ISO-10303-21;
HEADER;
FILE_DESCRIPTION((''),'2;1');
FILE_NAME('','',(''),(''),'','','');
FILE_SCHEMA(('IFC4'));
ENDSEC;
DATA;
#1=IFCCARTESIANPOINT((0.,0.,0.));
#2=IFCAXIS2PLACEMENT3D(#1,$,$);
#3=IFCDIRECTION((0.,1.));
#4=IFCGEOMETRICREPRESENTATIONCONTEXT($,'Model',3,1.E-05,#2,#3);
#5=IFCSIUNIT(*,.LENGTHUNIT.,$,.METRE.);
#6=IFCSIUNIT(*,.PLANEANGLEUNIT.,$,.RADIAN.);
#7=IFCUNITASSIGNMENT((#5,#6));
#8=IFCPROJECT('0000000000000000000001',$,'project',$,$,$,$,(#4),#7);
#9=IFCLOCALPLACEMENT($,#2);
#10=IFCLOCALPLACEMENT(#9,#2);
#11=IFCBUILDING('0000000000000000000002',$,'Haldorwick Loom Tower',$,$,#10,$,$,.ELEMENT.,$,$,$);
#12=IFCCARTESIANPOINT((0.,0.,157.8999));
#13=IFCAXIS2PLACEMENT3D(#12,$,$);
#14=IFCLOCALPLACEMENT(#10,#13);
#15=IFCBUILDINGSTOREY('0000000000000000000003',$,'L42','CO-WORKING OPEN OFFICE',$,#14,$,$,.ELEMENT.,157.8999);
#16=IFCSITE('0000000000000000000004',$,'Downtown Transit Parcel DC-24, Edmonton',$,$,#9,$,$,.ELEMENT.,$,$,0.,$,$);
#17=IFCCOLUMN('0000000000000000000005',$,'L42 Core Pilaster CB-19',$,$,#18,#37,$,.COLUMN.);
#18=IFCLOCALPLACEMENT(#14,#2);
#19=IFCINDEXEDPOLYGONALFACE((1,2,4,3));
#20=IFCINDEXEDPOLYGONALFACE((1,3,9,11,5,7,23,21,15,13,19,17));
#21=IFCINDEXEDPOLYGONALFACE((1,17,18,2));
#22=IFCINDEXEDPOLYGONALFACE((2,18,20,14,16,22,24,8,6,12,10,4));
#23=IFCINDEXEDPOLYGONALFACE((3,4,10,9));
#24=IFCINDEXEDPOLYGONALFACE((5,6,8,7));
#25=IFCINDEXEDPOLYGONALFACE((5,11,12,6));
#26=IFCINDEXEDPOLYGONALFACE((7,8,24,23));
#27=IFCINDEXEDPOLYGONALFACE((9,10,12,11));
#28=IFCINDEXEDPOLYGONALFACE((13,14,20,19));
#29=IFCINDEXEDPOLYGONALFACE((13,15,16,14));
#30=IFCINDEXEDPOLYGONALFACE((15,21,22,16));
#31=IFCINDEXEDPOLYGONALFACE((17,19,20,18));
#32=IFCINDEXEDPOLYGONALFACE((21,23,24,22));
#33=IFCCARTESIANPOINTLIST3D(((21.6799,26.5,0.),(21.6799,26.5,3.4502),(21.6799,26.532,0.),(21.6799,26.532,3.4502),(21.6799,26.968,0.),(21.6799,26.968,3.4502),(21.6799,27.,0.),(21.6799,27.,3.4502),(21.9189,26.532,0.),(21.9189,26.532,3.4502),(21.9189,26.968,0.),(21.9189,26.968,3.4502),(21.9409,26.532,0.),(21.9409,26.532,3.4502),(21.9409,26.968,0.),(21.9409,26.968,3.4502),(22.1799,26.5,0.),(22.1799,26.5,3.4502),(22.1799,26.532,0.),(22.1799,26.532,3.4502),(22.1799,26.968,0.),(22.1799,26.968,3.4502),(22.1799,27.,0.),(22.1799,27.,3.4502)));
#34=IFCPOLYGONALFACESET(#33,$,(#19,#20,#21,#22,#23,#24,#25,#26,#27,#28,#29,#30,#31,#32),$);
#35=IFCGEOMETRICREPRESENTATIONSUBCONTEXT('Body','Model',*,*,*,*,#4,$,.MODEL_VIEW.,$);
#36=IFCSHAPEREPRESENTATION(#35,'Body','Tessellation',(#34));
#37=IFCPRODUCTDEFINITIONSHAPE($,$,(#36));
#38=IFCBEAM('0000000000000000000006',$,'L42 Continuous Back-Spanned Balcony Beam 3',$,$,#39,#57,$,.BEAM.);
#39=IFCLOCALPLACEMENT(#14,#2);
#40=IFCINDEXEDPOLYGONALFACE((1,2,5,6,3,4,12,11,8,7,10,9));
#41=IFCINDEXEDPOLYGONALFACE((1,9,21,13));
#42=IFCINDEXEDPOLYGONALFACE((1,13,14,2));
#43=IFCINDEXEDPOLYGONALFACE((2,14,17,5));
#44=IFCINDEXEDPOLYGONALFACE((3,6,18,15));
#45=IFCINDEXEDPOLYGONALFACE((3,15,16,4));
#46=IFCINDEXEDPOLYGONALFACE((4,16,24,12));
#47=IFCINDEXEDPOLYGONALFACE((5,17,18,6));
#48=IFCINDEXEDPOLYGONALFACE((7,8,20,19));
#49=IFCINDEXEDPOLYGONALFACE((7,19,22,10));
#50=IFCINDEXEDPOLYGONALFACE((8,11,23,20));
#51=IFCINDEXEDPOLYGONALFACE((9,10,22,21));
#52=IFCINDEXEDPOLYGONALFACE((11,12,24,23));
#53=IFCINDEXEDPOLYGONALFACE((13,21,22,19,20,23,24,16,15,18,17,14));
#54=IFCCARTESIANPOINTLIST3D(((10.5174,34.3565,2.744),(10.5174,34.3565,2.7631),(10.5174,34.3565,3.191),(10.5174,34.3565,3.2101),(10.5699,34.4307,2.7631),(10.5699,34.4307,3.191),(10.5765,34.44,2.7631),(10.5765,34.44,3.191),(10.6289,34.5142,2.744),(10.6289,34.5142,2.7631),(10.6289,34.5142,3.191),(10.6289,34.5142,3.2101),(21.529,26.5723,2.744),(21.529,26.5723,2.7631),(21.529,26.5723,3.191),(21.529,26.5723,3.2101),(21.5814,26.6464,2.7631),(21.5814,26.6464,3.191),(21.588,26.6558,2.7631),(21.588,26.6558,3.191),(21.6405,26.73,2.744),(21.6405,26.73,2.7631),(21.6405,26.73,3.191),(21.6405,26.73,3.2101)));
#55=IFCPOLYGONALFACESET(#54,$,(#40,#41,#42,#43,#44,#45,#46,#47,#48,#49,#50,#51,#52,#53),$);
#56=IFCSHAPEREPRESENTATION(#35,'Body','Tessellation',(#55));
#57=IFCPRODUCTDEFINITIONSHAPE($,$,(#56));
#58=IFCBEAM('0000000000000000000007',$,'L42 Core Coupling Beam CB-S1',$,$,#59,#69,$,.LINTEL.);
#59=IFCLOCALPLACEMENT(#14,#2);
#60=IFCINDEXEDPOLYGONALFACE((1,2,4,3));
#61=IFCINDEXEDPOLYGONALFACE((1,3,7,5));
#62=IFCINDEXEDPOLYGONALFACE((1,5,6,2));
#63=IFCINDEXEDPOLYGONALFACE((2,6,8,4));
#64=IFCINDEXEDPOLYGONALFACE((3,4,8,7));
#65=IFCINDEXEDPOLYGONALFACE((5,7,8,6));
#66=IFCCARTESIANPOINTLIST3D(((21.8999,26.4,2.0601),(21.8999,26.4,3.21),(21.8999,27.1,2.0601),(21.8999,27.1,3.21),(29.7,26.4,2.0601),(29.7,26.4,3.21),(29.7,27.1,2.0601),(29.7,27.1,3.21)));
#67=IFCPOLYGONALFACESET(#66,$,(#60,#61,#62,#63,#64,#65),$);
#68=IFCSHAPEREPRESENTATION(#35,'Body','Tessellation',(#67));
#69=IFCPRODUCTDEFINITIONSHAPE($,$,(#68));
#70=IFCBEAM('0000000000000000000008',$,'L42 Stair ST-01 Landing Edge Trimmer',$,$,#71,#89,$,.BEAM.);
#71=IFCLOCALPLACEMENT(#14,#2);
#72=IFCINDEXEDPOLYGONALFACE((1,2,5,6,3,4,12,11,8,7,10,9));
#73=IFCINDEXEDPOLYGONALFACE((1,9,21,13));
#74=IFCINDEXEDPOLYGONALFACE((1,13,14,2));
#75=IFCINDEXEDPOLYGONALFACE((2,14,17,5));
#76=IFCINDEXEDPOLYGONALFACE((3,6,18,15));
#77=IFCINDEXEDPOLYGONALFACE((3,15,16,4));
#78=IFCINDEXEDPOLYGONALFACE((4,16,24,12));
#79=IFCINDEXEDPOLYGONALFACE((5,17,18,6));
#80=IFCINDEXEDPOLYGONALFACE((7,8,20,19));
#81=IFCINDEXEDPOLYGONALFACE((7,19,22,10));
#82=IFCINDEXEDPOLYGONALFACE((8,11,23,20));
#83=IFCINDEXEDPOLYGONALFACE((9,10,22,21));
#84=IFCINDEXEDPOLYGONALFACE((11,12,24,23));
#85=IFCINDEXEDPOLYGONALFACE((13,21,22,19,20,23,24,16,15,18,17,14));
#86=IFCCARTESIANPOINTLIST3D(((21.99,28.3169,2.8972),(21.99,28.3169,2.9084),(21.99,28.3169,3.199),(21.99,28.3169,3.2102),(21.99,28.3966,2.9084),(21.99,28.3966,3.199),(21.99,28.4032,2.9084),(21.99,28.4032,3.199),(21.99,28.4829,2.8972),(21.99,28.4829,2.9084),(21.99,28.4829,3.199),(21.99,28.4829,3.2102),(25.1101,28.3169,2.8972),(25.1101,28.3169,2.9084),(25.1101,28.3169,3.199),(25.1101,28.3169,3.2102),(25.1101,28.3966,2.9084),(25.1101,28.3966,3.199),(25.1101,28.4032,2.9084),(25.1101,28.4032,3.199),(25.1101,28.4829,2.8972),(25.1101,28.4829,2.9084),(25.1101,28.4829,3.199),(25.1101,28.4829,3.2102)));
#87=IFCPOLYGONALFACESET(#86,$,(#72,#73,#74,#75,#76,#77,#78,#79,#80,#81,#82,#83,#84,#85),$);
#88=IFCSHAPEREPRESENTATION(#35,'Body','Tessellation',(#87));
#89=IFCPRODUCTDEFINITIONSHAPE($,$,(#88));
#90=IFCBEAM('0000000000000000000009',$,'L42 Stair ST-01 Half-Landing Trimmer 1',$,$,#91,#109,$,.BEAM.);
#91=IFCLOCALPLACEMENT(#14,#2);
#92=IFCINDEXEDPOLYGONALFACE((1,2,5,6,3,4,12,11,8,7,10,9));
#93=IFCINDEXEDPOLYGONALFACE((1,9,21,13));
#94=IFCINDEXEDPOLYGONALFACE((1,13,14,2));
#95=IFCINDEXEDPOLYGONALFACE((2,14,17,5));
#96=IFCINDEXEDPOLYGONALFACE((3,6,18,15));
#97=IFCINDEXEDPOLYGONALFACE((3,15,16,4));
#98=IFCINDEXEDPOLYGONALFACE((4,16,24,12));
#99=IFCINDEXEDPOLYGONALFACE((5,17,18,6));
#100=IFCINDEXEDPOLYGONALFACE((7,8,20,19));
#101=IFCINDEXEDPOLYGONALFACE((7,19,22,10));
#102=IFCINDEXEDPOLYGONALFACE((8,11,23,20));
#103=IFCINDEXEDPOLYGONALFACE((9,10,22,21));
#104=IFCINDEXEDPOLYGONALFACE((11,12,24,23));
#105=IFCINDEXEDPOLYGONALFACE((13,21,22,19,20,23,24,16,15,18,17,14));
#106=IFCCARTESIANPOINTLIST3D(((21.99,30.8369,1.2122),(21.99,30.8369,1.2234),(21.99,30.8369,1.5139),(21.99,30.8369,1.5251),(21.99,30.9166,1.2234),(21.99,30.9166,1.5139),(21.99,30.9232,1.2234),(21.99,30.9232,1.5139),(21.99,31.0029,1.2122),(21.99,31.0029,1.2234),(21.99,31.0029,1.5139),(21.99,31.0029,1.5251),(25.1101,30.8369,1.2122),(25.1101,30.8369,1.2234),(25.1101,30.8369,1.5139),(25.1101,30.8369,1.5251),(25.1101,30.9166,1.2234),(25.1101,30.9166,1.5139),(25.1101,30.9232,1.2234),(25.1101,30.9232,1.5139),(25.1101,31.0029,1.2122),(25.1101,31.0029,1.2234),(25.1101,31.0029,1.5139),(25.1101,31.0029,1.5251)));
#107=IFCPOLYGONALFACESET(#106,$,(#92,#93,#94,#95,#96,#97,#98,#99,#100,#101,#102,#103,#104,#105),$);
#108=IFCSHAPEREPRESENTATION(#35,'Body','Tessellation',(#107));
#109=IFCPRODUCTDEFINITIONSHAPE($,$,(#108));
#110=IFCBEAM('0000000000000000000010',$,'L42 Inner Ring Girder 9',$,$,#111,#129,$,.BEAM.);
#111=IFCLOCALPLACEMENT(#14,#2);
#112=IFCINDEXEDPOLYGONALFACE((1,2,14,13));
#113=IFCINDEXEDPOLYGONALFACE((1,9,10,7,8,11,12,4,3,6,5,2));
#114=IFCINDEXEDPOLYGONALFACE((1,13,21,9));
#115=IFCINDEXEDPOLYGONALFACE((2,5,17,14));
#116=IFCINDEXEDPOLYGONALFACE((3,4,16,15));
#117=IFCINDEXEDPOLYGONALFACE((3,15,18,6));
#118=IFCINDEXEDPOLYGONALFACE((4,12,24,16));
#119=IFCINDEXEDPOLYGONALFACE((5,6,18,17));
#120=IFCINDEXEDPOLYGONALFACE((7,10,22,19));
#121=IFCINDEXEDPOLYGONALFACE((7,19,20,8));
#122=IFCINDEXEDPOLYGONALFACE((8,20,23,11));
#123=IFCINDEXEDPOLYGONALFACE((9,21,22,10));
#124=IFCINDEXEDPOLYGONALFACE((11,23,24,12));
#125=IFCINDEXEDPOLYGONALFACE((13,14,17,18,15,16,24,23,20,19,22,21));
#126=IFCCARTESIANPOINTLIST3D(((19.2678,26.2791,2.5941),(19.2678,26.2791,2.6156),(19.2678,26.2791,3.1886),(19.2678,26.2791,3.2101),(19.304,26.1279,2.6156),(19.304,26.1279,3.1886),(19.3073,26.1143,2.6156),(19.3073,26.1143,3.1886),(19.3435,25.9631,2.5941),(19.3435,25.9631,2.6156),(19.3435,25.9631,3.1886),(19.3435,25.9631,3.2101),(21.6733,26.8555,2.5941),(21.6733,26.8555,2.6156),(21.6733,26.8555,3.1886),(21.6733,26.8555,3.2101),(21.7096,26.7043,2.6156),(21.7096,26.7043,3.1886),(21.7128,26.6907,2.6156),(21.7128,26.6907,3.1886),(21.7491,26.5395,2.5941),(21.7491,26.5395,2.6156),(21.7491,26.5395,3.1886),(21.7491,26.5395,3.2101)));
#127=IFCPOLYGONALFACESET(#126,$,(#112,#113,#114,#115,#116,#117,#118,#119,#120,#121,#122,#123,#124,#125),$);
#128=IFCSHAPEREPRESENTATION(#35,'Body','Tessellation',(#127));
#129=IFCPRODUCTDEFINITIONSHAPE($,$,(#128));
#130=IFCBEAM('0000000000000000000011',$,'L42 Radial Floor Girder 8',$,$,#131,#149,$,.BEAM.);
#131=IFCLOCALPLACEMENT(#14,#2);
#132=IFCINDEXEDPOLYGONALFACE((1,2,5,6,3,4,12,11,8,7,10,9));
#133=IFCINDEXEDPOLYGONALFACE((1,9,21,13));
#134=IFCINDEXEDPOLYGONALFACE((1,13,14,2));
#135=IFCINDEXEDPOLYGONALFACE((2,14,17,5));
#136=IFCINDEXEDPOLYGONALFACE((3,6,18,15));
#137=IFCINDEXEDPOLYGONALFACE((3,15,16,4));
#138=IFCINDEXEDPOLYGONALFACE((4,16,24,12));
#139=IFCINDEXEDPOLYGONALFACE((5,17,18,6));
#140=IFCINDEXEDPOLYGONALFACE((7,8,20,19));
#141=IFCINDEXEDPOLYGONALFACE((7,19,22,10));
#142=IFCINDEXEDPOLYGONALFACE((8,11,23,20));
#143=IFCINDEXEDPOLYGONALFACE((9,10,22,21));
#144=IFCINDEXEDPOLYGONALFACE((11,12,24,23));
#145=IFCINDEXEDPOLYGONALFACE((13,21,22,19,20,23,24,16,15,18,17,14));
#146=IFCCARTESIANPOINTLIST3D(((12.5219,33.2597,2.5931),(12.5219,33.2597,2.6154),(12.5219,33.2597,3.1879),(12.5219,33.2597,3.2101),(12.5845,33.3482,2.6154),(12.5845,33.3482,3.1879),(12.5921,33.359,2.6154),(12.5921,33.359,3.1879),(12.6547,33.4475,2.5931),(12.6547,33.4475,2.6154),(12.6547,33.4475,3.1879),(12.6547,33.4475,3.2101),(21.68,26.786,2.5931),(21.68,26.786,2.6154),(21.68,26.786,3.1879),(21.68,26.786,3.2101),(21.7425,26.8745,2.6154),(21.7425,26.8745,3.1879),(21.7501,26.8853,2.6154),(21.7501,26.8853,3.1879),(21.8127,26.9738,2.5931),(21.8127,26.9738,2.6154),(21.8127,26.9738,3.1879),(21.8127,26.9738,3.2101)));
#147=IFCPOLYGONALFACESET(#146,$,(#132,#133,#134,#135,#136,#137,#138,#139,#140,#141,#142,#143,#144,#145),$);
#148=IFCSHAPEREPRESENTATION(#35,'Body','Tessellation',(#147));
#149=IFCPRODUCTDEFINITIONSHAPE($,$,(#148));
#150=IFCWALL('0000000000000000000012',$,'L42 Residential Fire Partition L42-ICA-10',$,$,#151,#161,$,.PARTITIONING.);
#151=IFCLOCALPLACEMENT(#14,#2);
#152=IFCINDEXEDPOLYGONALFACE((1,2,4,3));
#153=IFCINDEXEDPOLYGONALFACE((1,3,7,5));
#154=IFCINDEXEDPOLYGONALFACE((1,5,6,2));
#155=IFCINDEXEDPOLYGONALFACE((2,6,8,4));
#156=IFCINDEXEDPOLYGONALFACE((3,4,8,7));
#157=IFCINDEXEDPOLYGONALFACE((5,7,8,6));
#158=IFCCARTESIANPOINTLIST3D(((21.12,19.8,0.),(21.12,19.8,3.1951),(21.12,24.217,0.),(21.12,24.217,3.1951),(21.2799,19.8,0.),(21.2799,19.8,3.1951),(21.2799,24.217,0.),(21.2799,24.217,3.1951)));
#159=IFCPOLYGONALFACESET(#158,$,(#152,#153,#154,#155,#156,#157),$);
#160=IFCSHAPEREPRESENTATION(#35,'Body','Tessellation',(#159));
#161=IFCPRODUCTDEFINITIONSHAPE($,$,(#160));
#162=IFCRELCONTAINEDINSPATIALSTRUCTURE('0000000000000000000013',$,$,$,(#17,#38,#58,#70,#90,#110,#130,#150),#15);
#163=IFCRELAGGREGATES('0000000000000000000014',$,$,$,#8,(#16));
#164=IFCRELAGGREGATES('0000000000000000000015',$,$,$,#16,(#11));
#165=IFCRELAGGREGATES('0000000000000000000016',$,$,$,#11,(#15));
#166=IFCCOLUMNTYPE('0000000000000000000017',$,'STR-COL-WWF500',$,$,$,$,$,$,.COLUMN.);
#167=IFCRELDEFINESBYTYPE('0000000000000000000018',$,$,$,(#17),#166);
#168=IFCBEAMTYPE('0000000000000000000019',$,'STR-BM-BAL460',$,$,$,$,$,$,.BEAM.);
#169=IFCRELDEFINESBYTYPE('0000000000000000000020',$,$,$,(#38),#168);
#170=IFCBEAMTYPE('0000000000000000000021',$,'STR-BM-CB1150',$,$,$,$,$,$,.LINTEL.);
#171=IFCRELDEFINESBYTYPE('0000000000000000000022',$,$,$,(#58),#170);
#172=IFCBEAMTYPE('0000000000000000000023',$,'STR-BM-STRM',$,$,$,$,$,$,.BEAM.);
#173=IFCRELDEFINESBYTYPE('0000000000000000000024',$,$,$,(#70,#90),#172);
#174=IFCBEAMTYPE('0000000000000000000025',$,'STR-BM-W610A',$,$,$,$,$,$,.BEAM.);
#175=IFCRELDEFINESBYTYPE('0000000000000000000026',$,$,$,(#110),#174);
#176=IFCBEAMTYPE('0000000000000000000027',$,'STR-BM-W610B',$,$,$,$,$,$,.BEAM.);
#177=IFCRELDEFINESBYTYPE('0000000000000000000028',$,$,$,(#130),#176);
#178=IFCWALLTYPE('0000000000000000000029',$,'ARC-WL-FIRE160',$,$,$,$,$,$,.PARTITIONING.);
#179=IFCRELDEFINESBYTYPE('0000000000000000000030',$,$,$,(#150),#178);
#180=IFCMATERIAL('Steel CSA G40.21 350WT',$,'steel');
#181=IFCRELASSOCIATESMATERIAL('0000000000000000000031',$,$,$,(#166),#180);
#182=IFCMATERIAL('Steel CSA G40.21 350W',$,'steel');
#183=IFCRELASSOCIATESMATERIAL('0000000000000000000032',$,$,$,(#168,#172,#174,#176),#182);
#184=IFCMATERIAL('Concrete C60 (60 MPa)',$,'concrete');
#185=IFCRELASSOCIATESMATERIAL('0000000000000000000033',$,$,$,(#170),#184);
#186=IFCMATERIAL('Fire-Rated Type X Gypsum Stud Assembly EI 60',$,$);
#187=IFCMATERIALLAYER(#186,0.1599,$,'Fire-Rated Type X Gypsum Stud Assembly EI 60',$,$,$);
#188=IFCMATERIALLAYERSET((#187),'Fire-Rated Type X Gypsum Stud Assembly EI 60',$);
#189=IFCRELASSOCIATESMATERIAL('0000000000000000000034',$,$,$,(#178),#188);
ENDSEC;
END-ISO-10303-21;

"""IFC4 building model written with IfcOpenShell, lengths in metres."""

from ifc_helpers import new_model, si_unit, direction, frame, frame_2d, origin, origin_2d, place, context, subcontext, project, spatial, rectangle, i_section, extrude, material, layer, layer_set, material_profile, profile_set, type_object, element, save


model = new_model("IFC4")

# Units and contexts
model_context = context("Model", 3, precision=1e-05, world=origin(), true_north=direction((0.0, 1.0)))
body_context = subcontext(model_context, "Body", "Model", "MODEL_VIEW")
ifc_project = project(units=[si_unit("LENGTHUNIT", "METRE"), si_unit("PLANEANGLEUNIT", "RADIAN")], contexts=[model_context])

# Site, building, storey
site_placement = place(None, origin())
site = spatial("IfcSite", under=ifc_project, at=site_placement, Name="Downtown Transit Parcel DC-24, Edmonton", CompositionType="ELEMENT", RefElevation=0.0)
building_placement = place(site_placement, origin())
building = spatial("IfcBuilding", under=site, at=building_placement, Name="Haldorwick Loom Tower", CompositionType="ELEMENT")
storey_placement = place(building_placement, frame((0.0, 0.0, 157.8999)))
storey = spatial("IfcBuildingStorey", under=building, at=storey_placement, Name="L42", Description="CO-WORKING OPEN OFFICE", CompositionType="ELEMENT", Elevation=157.8999)

# Column
ifc_material_1 = material(Name="Steel CSA G40.21 350WT", Category="steel")
ifc_material_profile_1 = material_profile(ifc_material_1, i_section(OverallWidth=0.5, OverallDepth=0.5, WebThickness=0.022, FlangeThickness=0.032, at=origin_2d()), Name="WWF500X500", Category="steel")
ifc_profile_set_1 = profile_set([ifc_material_profile_1], Name="Steel CSA G40.21 350WT")
column_type = type_object("IfcColumnType", Name="STR-COL-WWF500", PredefinedType="COLUMN", material=ifc_profile_set_1)
column_placement = place(storey_placement, frame((21.9299, 26.75, 0.0), z_axis=(0.0, 0.0, 1.0), x_axis=(1.0, 0.0, 0.0)))
element("IfcColumn", 1, at=column_placement, inside=storey, type_object=column_type, Name="L42 Core Pilaster CB-19", PredefinedType="COLUMN", context=body_context, shape_type="SweptSolid", body=[
    extrude(i_section(OverallWidth=0.5, OverallDepth=0.5, WebThickness=0.022, FlangeThickness=0.032, at=origin_2d()), origin(), (0.0, 0.0, 1.0), 3.4502),
])

# Beams
ifc_material_2 = material(Name="Steel CSA G40.21 350W", Category="steel")
ifc_material_profile_2 = material_profile(ifc_material_2, i_section(OverallWidth=0.1931, OverallDepth=0.4661, WebThickness=0.0115, FlangeThickness=0.019, at=origin_2d()), Name="W460X97", Category="steel")
ifc_profile_set_2 = profile_set([ifc_material_profile_2], Name="Steel CSA G40.21 350W")
beam_type_1 = type_object("IfcBeamType", Name="STR-BM-BAL460", PredefinedType="BEAM", material=ifc_profile_set_2)
beam_1_placement = place(storey_placement, frame((21.5847, 26.6511, 2.9771), z_axis=(-0.81657, 0.577246, 0.0), x_axis=(-0.577246, -0.81657, 0.0)))
element("IfcBeam", 2, at=beam_1_placement, inside=storey, type_object=beam_type_1, Name="L42 Continuous Back-Spanned Balcony Beam 3", PredefinedType="BEAM", context=body_context, shape_type="SweptSolid", body=[
    extrude(i_section(OverallWidth=0.1931, OverallDepth=0.4661, WebThickness=0.0115, FlangeThickness=0.019, at=origin_2d()), origin(), (0.0, 0.0, 1.0), 13.4851),
])
ifc_material_3 = material(Name="Concrete C60 (60 MPa)", Category="concrete")
ifc_material_profile_3 = material_profile(ifc_material_3, rectangle(XDim=0.7, YDim=1.1499, at=origin_2d()), Name="RC700X1150", Category="concrete")
ifc_profile_set_3 = profile_set([ifc_material_profile_3], Name="Concrete C60 (60 MPa)")
beam_type_2 = type_object("IfcBeamType", Name="STR-BM-CB1150", PredefinedType="LINTEL", material=ifc_profile_set_3)
beam_2_placement = place(storey_placement, frame((21.8999, 26.75, 2.635), z_axis=(1.0, 0.0, 0.0), x_axis=(0.0, 1.0, 0.0)))
element("IfcBeam", 3, at=beam_2_placement, inside=storey, type_object=beam_type_2, Name="L42 Core Coupling Beam CB-S1", PredefinedType="LINTEL", context=body_context, shape_type="SweptSolid", body=[
    extrude(rectangle(XDim=0.7, YDim=1.1499, at=origin_2d()), origin(), (0.0, 0.0, 1.0), 7.8),
])
ifc_material_profile_4 = material_profile(ifc_material_2, i_section(OverallWidth=0.166, OverallDepth=0.313, WebThickness=0.0066, FlangeThickness=0.0112, at=origin_2d()), Name="W310X45", Category="steel")
ifc_profile_set_4 = profile_set([ifc_material_profile_4], Name="Steel CSA G40.21 350W")
beam_type_3 = type_object("IfcBeamType", Name="STR-BM-STRM", PredefinedType="BEAM", material=ifc_profile_set_4)
for number, where, z_axis, x_axis, name in (
    (4, (21.99, 28.3999, 3.0537), (1.0, 0.0, 0.0), (0.0, 1.0, 0.0), "L42 Stair ST-01 Landing Edge Trimmer"),
    (5, (21.99, 30.9199, 1.3687), (1.0, 0.0, 0.0), (0.0, 1.0, 0.0), "L42 Stair ST-01 Half-Landing Trimmer 1"),
):
    element("IfcBeam", number, at=place(storey_placement, frame(where, z_axis=z_axis, x_axis=x_axis)), inside=storey, type_object=beam_type_3, Name=name, PredefinedType="BEAM", context=body_context, shape_type="SweptSolid", body=[
        extrude(i_section(OverallWidth=0.166, OverallDepth=0.313, WebThickness=0.0066, FlangeThickness=0.0112, at=origin_2d()), origin(), (0.0, 0.0, 1.0), 3.1201),
    ])
ifc_material_profile_5 = material_profile(ifc_material_2, i_section(OverallWidth=0.325, OverallDepth=0.616, WebThickness=0.0139, FlangeThickness=0.0215, at=origin_2d()), Name="W610X174", Category="steel")
ifc_profile_set_5 = profile_set([ifc_material_profile_5], Name="Steel CSA G40.21 350W")
beam_type_4 = type_object("IfcBeamType", Name="STR-BM-W610A", PredefinedType="BEAM", material=ifc_profile_set_5)
beam_3_placement = place(storey_placement, frame((19.3057, 26.1211, 2.9021), z_axis=(0.972471, 0.233026, 0.0), x_axis=(-0.233026, 0.972471, 0.0)))
element("IfcBeam", 6, at=beam_3_placement, inside=storey, type_object=beam_type_4, Name="L42 Inner Ring Girder 9", PredefinedType="BEAM", context=body_context, shape_type="SweptSolid", body=[
    extrude(i_section(OverallWidth=0.325, OverallDepth=0.616, WebThickness=0.0139, FlangeThickness=0.0215, at=origin_2d()), origin(), (0.0, 0.0, 1.0), 2.4736),
])
ifc_material_profile_6 = material_profile(ifc_material_2, i_section(OverallWidth=0.23, OverallDepth=0.6169, WebThickness=0.0132, FlangeThickness=0.0222, at=origin_2d()), Name="W610X140", Category="steel")
ifc_profile_set_6 = profile_set([ifc_material_profile_6], Name="Steel CSA G40.21 350W")
beam_type_5 = type_object("IfcBeamType", Name="STR-BM-W610B", PredefinedType="BEAM", material=ifc_profile_set_6)
beam_4_placement = place(storey_placement, frame((21.7463, 26.8799, 2.9016), z_axis=(-0.816582, 0.57723, 0.0), x_axis=(-0.57723, -0.816582, 0.0)))
element("IfcBeam", 7, at=beam_4_placement, inside=storey, type_object=beam_type_5, Name="L42 Radial Floor Girder 8", PredefinedType="BEAM", context=body_context, shape_type="SweptSolid", body=[
    extrude(i_section(OverallWidth=0.23, OverallDepth=0.6169, WebThickness=0.0132, FlangeThickness=0.0222, at=origin_2d()), origin(), (0.0, 0.0, 1.0), 11.2151),
])

# Wall
ifc_material_4 = material(Name="Fire-Rated Type X Gypsum Stud Assembly EI 60")
ifc_layer_1 = layer(ifc_material_4, 0.1599, Name="Fire-Rated Type X Gypsum Stud Assembly EI 60")
ifc_layer_set_1 = layer_set([ifc_layer_1], Name="Fire-Rated Type X Gypsum Stud Assembly EI 60")
wall_type_1 = type_object("IfcWallType", Name="ARC-WL-FIRE160", PredefinedType="PARTITIONING", material=ifc_layer_set_1)
wall_1_placement = place(storey_placement, frame((21.2, 24.217, 0.0), z_axis=(0.0, 0.0, 1.0), x_axis=(0.0, -1.0, 0.0)))
element("IfcWall", 8, at=wall_1_placement, inside=storey, type_object=wall_type_1, Name="L42 Residential Fire Partition L42-ICA-10", PredefinedType="PARTITIONING", context=body_context, shape_type="SweptSolid", body=[
    extrude(rectangle(XDim=4.417, YDim=0.1599, at=frame_2d((2.2085, 0.0))), origin(), (0.0, 0.0, 1.0), 3.1951),
])

save(model, "model.ifc")
